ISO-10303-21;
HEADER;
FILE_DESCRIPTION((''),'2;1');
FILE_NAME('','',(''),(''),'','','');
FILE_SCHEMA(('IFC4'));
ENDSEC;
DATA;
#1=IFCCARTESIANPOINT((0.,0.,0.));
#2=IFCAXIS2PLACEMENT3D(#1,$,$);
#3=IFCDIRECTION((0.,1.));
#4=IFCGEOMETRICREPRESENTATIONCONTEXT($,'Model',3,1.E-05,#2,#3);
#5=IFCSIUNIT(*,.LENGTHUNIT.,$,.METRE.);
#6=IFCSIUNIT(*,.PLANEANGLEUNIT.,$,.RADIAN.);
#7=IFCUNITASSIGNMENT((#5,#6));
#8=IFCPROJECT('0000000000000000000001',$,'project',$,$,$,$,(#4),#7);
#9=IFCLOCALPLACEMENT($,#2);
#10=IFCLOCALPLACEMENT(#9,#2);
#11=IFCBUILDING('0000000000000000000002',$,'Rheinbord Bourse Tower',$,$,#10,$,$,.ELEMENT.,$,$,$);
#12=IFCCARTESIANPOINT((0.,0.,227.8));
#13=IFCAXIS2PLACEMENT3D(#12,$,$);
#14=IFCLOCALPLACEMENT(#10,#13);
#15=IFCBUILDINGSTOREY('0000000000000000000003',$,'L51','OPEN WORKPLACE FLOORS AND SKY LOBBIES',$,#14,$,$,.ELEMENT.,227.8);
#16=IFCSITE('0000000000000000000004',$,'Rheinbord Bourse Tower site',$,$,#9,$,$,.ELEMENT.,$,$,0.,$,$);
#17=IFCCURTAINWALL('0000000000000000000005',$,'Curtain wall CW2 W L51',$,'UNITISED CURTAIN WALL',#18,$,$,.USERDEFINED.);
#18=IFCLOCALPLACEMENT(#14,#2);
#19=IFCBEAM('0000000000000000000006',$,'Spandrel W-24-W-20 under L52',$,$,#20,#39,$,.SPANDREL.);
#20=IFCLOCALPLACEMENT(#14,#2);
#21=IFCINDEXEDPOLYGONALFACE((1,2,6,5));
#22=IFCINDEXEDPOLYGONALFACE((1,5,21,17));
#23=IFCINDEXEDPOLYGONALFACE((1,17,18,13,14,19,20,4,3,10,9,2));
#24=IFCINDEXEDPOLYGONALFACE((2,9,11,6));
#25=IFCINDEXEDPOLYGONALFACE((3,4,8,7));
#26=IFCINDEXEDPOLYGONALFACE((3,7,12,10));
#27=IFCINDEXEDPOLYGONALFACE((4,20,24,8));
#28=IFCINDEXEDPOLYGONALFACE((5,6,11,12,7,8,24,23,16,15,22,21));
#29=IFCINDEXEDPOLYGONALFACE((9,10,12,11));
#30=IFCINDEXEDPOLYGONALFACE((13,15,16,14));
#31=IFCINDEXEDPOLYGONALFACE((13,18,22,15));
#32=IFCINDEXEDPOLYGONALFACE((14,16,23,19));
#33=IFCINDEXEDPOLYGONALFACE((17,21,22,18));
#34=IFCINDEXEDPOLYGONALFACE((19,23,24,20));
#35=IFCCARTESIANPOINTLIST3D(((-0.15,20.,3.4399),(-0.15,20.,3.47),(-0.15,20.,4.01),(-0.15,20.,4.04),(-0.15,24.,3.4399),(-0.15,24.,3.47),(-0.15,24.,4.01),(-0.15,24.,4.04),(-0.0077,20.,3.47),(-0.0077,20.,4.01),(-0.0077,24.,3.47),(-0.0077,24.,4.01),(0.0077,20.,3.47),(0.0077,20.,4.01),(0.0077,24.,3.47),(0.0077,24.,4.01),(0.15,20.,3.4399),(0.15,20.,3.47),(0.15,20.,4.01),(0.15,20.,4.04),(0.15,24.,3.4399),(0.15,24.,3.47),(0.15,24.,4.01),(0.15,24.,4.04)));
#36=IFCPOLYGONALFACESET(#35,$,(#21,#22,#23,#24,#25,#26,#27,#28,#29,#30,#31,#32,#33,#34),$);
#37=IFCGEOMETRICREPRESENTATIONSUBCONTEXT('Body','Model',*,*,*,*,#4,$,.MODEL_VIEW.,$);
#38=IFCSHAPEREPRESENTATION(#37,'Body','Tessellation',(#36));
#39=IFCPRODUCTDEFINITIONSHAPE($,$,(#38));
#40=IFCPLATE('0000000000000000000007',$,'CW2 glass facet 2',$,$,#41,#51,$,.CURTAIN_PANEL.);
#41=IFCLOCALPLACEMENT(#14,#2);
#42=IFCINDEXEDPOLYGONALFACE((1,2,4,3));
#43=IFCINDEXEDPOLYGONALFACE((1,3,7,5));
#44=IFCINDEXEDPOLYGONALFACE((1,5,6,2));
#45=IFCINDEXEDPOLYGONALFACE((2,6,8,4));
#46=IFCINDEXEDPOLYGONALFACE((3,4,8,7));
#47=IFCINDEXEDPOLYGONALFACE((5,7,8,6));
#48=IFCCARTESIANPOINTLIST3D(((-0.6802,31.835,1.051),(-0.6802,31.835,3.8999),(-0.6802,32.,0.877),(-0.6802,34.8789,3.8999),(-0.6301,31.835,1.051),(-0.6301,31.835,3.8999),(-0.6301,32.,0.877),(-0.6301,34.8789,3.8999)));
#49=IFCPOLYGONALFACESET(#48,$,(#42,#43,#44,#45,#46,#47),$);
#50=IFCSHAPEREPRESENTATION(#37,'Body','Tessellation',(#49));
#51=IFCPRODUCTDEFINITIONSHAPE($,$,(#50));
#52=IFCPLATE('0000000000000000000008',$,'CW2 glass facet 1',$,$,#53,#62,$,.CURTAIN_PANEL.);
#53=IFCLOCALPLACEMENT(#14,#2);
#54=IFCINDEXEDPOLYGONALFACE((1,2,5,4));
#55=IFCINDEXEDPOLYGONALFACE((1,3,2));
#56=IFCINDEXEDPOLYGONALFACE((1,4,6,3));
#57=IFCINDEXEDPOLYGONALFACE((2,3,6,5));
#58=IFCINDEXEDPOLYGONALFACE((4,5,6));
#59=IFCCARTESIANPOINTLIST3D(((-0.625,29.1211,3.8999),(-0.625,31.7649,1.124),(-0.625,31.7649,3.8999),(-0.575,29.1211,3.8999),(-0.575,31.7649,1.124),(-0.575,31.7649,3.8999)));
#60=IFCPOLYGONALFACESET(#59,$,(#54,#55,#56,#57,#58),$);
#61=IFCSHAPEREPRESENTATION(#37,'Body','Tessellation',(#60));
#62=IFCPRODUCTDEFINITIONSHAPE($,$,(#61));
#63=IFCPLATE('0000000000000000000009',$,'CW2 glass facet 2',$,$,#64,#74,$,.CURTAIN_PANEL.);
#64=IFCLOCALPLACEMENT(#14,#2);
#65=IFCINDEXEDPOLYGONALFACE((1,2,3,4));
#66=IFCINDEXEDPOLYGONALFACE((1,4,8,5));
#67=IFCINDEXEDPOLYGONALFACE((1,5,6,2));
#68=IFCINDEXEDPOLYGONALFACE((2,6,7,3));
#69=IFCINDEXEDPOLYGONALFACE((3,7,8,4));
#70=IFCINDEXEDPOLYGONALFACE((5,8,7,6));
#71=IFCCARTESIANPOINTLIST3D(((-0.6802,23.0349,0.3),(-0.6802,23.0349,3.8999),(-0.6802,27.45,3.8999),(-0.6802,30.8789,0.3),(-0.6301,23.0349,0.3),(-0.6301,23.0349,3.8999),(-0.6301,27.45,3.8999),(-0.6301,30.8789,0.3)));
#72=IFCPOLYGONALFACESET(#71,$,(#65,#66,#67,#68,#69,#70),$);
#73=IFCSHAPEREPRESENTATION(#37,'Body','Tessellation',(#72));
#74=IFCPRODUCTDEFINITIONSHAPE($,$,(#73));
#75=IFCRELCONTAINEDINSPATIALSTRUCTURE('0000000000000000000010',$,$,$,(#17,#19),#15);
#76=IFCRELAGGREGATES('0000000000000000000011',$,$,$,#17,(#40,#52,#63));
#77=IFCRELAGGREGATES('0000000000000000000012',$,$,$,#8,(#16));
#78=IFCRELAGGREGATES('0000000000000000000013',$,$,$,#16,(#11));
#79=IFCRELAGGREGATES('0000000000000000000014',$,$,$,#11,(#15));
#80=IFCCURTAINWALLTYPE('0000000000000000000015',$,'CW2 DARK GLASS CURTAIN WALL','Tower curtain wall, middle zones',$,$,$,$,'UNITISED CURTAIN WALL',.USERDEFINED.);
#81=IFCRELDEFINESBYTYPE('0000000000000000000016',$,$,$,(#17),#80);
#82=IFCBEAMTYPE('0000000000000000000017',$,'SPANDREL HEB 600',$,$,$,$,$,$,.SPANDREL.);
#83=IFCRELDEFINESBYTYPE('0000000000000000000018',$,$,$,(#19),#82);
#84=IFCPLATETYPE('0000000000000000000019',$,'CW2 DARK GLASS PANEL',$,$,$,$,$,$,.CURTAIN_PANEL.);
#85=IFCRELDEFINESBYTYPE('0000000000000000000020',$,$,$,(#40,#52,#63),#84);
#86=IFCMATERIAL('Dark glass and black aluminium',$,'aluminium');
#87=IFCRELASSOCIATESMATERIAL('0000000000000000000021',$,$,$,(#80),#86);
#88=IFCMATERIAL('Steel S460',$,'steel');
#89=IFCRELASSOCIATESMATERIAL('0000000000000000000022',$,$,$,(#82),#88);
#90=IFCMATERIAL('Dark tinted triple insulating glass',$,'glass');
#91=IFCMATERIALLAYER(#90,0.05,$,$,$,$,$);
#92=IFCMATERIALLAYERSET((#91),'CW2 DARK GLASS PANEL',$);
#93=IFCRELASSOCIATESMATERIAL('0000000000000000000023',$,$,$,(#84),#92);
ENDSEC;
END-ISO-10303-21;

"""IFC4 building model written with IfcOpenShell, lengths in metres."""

from ifc_helpers import new_model, si_unit, direction, frame, origin, origin_2d, place, context, subcontext, project, spatial, polyline, i_section, outline, extrude, material, layer, layer_set, material_profile, profile_set, type_object, element, aggregate, save


model = new_model("IFC4")

# Units and contexts
model_context = context("Model", 3, precision=1e-05, world=origin(), true_north=direction((0.0, 1.0)))
body_context = subcontext(model_context, "Body", "Model", "MODEL_VIEW")
ifc_project = project(units=[si_unit("LENGTHUNIT", "METRE"), si_unit("PLANEANGLEUNIT", "RADIAN")], contexts=[model_context])

# Site, building, storey
site_placement = place(None, origin())
site = spatial("IfcSite", under=ifc_project, at=site_placement, Name="Rheinbord Bourse Tower site", CompositionType="ELEMENT", RefElevation=0.0)
building_placement = place(site_placement, origin())
building = spatial("IfcBuilding", under=site, at=building_placement, Name="Rheinbord Bourse Tower", CompositionType="ELEMENT")
storey_placement = place(building_placement, frame((0.0, 0.0, 227.8)))
storey = spatial("IfcBuildingStorey", under=building, at=storey_placement, Name="L51", Description="OPEN WORKPLACE FLOORS AND SKY LOBBIES", CompositionType="ELEMENT", Elevation=227.8)

# Curtain wall
ifc_material_1 = material(Name="Dark glass and black aluminium", Category="aluminium")
curtain_wall_type = type_object("IfcCurtainWallType", Name="CW2 DARK GLASS CURTAIN WALL", Description="Tower curtain wall, middle zones", ElementType="UNITISED CURTAIN WALL", PredefinedType="USERDEFINED", material=ifc_material_1)
curtain_wall_placement = place(storey_placement, origin())
curtain_wall = element("IfcCurtainWall", 1, at=curtain_wall_placement, inside=storey, type_object=curtain_wall_type, Name="Curtain wall CW2 W L51", ObjectType="UNITISED CURTAIN WALL", PredefinedType="USERDEFINED")

# Beam
ifc_material_2 = material(Name="Steel S460", Category="steel")
ifc_material_profile_1 = material_profile(ifc_material_2, i_section(OverallWidth=0.3, OverallDepth=0.6001, WebThickness=0.0154, FlangeThickness=0.03, at=origin_2d()), Name="HEB 600")
ifc_profile_set_1 = profile_set([ifc_material_profile_1], Name="Steel S460")
beam_type_1 = type_object("IfcBeamType", Name="SPANDREL HEB 600", PredefinedType="SPANDREL", material=ifc_profile_set_1)
for number, where, z_axis, x_axis, name in (
    (2, (0.0, 24.0, 3.74), (0.0, -1.0, 0.0), (1.0, 0.0, 0.0), "Spandrel W-24-W-20 under L52"),
):
    element("IfcBeam", number, at=place(storey_placement, frame(where, z_axis=z_axis, x_axis=x_axis)), inside=storey, type_object=beam_type_1, Name=name, PredefinedType="SPANDREL", context=body_context, shape_type="SweptSolid", body=[
        extrude(i_section(OverallWidth=0.3, OverallDepth=0.6001, WebThickness=0.0154, FlangeThickness=0.03, at=origin_2d()), origin(), (0.0, 0.0, 1.0), 4.0),
    ])

# Plates
ifc_material_3 = material(Name="Dark tinted triple insulating glass", Category="glass")
ifc_layer = layer(ifc_material_3, 0.05)
ifc_layer_set = layer_set([ifc_layer], Name="CW2 DARK GLASS PANEL")
plate_type = type_object("IfcPlateType", Name="CW2 DARK GLASS PANEL", PredefinedType="CURTAIN_PANEL", material=ifc_layer_set)
plate_1_placement = place(storey_placement, frame((-0.6802, 31.835, 3.8999), z_axis=(1.0, 0.0, 0.0), x_axis=(0.0, 0.0, -1.0)))
plate_1 = element("IfcPlate", 3, at=plate_1_placement, type_object=plate_type, Name="CW2 glass facet 2", PredefinedType="CURTAIN_PANEL", context=body_context, shape_type="SweptSolid", body=[
    extrude(outline(polyline([(0.0, 0.0), (2.8489, 0.0), (3.0229, 0.165), (0.0, 3.0439), (0.0, 0.0)])), origin(), (0.0, 0.0, 1.0), 0.05),
])
plate_2_placement = place(storey_placement, frame((-0.625, 31.7649, 3.8999), z_axis=(1.0, 0.0, 0.0), x_axis=(0.0, -1.0, 0.0)))
plate_2 = element("IfcPlate", 4, at=plate_2_placement, type_object=plate_type, Name="CW2 glass facet 1", PredefinedType="CURTAIN_PANEL", context=body_context, shape_type="SweptSolid", body=[
    extrude(outline(polyline([(0.0, 0.0), (2.6438, 0.0), (0.0, 2.7759), (0.0, 0.0)])), origin(), (0.0, 0.0, 1.0), 0.05),
])
plate_3_placement = place(storey_placement, frame((-0.6802, 23.0349, 3.8999), z_axis=(1.0, 0.0, 0.0), x_axis=(0.0, 0.0, -1.0)))
plate_3 = element("IfcPlate", 5, at=plate_3_placement, type_object=plate_type, Name="CW2 glass facet 2", PredefinedType="CURTAIN_PANEL", context=body_context, shape_type="SweptSolid", body=[
    extrude(outline(polyline([(0.0, 0.0), (3.5999, 0.0), (3.5999, 7.844), (0.0, 4.415), (0.0, 0.0)])), origin(), (0.0, 0.0, 1.0), 0.05),
])
aggregate(curtain_wall, [plate_1, plate_2, plate_3])

save(model, "model.ifc")
